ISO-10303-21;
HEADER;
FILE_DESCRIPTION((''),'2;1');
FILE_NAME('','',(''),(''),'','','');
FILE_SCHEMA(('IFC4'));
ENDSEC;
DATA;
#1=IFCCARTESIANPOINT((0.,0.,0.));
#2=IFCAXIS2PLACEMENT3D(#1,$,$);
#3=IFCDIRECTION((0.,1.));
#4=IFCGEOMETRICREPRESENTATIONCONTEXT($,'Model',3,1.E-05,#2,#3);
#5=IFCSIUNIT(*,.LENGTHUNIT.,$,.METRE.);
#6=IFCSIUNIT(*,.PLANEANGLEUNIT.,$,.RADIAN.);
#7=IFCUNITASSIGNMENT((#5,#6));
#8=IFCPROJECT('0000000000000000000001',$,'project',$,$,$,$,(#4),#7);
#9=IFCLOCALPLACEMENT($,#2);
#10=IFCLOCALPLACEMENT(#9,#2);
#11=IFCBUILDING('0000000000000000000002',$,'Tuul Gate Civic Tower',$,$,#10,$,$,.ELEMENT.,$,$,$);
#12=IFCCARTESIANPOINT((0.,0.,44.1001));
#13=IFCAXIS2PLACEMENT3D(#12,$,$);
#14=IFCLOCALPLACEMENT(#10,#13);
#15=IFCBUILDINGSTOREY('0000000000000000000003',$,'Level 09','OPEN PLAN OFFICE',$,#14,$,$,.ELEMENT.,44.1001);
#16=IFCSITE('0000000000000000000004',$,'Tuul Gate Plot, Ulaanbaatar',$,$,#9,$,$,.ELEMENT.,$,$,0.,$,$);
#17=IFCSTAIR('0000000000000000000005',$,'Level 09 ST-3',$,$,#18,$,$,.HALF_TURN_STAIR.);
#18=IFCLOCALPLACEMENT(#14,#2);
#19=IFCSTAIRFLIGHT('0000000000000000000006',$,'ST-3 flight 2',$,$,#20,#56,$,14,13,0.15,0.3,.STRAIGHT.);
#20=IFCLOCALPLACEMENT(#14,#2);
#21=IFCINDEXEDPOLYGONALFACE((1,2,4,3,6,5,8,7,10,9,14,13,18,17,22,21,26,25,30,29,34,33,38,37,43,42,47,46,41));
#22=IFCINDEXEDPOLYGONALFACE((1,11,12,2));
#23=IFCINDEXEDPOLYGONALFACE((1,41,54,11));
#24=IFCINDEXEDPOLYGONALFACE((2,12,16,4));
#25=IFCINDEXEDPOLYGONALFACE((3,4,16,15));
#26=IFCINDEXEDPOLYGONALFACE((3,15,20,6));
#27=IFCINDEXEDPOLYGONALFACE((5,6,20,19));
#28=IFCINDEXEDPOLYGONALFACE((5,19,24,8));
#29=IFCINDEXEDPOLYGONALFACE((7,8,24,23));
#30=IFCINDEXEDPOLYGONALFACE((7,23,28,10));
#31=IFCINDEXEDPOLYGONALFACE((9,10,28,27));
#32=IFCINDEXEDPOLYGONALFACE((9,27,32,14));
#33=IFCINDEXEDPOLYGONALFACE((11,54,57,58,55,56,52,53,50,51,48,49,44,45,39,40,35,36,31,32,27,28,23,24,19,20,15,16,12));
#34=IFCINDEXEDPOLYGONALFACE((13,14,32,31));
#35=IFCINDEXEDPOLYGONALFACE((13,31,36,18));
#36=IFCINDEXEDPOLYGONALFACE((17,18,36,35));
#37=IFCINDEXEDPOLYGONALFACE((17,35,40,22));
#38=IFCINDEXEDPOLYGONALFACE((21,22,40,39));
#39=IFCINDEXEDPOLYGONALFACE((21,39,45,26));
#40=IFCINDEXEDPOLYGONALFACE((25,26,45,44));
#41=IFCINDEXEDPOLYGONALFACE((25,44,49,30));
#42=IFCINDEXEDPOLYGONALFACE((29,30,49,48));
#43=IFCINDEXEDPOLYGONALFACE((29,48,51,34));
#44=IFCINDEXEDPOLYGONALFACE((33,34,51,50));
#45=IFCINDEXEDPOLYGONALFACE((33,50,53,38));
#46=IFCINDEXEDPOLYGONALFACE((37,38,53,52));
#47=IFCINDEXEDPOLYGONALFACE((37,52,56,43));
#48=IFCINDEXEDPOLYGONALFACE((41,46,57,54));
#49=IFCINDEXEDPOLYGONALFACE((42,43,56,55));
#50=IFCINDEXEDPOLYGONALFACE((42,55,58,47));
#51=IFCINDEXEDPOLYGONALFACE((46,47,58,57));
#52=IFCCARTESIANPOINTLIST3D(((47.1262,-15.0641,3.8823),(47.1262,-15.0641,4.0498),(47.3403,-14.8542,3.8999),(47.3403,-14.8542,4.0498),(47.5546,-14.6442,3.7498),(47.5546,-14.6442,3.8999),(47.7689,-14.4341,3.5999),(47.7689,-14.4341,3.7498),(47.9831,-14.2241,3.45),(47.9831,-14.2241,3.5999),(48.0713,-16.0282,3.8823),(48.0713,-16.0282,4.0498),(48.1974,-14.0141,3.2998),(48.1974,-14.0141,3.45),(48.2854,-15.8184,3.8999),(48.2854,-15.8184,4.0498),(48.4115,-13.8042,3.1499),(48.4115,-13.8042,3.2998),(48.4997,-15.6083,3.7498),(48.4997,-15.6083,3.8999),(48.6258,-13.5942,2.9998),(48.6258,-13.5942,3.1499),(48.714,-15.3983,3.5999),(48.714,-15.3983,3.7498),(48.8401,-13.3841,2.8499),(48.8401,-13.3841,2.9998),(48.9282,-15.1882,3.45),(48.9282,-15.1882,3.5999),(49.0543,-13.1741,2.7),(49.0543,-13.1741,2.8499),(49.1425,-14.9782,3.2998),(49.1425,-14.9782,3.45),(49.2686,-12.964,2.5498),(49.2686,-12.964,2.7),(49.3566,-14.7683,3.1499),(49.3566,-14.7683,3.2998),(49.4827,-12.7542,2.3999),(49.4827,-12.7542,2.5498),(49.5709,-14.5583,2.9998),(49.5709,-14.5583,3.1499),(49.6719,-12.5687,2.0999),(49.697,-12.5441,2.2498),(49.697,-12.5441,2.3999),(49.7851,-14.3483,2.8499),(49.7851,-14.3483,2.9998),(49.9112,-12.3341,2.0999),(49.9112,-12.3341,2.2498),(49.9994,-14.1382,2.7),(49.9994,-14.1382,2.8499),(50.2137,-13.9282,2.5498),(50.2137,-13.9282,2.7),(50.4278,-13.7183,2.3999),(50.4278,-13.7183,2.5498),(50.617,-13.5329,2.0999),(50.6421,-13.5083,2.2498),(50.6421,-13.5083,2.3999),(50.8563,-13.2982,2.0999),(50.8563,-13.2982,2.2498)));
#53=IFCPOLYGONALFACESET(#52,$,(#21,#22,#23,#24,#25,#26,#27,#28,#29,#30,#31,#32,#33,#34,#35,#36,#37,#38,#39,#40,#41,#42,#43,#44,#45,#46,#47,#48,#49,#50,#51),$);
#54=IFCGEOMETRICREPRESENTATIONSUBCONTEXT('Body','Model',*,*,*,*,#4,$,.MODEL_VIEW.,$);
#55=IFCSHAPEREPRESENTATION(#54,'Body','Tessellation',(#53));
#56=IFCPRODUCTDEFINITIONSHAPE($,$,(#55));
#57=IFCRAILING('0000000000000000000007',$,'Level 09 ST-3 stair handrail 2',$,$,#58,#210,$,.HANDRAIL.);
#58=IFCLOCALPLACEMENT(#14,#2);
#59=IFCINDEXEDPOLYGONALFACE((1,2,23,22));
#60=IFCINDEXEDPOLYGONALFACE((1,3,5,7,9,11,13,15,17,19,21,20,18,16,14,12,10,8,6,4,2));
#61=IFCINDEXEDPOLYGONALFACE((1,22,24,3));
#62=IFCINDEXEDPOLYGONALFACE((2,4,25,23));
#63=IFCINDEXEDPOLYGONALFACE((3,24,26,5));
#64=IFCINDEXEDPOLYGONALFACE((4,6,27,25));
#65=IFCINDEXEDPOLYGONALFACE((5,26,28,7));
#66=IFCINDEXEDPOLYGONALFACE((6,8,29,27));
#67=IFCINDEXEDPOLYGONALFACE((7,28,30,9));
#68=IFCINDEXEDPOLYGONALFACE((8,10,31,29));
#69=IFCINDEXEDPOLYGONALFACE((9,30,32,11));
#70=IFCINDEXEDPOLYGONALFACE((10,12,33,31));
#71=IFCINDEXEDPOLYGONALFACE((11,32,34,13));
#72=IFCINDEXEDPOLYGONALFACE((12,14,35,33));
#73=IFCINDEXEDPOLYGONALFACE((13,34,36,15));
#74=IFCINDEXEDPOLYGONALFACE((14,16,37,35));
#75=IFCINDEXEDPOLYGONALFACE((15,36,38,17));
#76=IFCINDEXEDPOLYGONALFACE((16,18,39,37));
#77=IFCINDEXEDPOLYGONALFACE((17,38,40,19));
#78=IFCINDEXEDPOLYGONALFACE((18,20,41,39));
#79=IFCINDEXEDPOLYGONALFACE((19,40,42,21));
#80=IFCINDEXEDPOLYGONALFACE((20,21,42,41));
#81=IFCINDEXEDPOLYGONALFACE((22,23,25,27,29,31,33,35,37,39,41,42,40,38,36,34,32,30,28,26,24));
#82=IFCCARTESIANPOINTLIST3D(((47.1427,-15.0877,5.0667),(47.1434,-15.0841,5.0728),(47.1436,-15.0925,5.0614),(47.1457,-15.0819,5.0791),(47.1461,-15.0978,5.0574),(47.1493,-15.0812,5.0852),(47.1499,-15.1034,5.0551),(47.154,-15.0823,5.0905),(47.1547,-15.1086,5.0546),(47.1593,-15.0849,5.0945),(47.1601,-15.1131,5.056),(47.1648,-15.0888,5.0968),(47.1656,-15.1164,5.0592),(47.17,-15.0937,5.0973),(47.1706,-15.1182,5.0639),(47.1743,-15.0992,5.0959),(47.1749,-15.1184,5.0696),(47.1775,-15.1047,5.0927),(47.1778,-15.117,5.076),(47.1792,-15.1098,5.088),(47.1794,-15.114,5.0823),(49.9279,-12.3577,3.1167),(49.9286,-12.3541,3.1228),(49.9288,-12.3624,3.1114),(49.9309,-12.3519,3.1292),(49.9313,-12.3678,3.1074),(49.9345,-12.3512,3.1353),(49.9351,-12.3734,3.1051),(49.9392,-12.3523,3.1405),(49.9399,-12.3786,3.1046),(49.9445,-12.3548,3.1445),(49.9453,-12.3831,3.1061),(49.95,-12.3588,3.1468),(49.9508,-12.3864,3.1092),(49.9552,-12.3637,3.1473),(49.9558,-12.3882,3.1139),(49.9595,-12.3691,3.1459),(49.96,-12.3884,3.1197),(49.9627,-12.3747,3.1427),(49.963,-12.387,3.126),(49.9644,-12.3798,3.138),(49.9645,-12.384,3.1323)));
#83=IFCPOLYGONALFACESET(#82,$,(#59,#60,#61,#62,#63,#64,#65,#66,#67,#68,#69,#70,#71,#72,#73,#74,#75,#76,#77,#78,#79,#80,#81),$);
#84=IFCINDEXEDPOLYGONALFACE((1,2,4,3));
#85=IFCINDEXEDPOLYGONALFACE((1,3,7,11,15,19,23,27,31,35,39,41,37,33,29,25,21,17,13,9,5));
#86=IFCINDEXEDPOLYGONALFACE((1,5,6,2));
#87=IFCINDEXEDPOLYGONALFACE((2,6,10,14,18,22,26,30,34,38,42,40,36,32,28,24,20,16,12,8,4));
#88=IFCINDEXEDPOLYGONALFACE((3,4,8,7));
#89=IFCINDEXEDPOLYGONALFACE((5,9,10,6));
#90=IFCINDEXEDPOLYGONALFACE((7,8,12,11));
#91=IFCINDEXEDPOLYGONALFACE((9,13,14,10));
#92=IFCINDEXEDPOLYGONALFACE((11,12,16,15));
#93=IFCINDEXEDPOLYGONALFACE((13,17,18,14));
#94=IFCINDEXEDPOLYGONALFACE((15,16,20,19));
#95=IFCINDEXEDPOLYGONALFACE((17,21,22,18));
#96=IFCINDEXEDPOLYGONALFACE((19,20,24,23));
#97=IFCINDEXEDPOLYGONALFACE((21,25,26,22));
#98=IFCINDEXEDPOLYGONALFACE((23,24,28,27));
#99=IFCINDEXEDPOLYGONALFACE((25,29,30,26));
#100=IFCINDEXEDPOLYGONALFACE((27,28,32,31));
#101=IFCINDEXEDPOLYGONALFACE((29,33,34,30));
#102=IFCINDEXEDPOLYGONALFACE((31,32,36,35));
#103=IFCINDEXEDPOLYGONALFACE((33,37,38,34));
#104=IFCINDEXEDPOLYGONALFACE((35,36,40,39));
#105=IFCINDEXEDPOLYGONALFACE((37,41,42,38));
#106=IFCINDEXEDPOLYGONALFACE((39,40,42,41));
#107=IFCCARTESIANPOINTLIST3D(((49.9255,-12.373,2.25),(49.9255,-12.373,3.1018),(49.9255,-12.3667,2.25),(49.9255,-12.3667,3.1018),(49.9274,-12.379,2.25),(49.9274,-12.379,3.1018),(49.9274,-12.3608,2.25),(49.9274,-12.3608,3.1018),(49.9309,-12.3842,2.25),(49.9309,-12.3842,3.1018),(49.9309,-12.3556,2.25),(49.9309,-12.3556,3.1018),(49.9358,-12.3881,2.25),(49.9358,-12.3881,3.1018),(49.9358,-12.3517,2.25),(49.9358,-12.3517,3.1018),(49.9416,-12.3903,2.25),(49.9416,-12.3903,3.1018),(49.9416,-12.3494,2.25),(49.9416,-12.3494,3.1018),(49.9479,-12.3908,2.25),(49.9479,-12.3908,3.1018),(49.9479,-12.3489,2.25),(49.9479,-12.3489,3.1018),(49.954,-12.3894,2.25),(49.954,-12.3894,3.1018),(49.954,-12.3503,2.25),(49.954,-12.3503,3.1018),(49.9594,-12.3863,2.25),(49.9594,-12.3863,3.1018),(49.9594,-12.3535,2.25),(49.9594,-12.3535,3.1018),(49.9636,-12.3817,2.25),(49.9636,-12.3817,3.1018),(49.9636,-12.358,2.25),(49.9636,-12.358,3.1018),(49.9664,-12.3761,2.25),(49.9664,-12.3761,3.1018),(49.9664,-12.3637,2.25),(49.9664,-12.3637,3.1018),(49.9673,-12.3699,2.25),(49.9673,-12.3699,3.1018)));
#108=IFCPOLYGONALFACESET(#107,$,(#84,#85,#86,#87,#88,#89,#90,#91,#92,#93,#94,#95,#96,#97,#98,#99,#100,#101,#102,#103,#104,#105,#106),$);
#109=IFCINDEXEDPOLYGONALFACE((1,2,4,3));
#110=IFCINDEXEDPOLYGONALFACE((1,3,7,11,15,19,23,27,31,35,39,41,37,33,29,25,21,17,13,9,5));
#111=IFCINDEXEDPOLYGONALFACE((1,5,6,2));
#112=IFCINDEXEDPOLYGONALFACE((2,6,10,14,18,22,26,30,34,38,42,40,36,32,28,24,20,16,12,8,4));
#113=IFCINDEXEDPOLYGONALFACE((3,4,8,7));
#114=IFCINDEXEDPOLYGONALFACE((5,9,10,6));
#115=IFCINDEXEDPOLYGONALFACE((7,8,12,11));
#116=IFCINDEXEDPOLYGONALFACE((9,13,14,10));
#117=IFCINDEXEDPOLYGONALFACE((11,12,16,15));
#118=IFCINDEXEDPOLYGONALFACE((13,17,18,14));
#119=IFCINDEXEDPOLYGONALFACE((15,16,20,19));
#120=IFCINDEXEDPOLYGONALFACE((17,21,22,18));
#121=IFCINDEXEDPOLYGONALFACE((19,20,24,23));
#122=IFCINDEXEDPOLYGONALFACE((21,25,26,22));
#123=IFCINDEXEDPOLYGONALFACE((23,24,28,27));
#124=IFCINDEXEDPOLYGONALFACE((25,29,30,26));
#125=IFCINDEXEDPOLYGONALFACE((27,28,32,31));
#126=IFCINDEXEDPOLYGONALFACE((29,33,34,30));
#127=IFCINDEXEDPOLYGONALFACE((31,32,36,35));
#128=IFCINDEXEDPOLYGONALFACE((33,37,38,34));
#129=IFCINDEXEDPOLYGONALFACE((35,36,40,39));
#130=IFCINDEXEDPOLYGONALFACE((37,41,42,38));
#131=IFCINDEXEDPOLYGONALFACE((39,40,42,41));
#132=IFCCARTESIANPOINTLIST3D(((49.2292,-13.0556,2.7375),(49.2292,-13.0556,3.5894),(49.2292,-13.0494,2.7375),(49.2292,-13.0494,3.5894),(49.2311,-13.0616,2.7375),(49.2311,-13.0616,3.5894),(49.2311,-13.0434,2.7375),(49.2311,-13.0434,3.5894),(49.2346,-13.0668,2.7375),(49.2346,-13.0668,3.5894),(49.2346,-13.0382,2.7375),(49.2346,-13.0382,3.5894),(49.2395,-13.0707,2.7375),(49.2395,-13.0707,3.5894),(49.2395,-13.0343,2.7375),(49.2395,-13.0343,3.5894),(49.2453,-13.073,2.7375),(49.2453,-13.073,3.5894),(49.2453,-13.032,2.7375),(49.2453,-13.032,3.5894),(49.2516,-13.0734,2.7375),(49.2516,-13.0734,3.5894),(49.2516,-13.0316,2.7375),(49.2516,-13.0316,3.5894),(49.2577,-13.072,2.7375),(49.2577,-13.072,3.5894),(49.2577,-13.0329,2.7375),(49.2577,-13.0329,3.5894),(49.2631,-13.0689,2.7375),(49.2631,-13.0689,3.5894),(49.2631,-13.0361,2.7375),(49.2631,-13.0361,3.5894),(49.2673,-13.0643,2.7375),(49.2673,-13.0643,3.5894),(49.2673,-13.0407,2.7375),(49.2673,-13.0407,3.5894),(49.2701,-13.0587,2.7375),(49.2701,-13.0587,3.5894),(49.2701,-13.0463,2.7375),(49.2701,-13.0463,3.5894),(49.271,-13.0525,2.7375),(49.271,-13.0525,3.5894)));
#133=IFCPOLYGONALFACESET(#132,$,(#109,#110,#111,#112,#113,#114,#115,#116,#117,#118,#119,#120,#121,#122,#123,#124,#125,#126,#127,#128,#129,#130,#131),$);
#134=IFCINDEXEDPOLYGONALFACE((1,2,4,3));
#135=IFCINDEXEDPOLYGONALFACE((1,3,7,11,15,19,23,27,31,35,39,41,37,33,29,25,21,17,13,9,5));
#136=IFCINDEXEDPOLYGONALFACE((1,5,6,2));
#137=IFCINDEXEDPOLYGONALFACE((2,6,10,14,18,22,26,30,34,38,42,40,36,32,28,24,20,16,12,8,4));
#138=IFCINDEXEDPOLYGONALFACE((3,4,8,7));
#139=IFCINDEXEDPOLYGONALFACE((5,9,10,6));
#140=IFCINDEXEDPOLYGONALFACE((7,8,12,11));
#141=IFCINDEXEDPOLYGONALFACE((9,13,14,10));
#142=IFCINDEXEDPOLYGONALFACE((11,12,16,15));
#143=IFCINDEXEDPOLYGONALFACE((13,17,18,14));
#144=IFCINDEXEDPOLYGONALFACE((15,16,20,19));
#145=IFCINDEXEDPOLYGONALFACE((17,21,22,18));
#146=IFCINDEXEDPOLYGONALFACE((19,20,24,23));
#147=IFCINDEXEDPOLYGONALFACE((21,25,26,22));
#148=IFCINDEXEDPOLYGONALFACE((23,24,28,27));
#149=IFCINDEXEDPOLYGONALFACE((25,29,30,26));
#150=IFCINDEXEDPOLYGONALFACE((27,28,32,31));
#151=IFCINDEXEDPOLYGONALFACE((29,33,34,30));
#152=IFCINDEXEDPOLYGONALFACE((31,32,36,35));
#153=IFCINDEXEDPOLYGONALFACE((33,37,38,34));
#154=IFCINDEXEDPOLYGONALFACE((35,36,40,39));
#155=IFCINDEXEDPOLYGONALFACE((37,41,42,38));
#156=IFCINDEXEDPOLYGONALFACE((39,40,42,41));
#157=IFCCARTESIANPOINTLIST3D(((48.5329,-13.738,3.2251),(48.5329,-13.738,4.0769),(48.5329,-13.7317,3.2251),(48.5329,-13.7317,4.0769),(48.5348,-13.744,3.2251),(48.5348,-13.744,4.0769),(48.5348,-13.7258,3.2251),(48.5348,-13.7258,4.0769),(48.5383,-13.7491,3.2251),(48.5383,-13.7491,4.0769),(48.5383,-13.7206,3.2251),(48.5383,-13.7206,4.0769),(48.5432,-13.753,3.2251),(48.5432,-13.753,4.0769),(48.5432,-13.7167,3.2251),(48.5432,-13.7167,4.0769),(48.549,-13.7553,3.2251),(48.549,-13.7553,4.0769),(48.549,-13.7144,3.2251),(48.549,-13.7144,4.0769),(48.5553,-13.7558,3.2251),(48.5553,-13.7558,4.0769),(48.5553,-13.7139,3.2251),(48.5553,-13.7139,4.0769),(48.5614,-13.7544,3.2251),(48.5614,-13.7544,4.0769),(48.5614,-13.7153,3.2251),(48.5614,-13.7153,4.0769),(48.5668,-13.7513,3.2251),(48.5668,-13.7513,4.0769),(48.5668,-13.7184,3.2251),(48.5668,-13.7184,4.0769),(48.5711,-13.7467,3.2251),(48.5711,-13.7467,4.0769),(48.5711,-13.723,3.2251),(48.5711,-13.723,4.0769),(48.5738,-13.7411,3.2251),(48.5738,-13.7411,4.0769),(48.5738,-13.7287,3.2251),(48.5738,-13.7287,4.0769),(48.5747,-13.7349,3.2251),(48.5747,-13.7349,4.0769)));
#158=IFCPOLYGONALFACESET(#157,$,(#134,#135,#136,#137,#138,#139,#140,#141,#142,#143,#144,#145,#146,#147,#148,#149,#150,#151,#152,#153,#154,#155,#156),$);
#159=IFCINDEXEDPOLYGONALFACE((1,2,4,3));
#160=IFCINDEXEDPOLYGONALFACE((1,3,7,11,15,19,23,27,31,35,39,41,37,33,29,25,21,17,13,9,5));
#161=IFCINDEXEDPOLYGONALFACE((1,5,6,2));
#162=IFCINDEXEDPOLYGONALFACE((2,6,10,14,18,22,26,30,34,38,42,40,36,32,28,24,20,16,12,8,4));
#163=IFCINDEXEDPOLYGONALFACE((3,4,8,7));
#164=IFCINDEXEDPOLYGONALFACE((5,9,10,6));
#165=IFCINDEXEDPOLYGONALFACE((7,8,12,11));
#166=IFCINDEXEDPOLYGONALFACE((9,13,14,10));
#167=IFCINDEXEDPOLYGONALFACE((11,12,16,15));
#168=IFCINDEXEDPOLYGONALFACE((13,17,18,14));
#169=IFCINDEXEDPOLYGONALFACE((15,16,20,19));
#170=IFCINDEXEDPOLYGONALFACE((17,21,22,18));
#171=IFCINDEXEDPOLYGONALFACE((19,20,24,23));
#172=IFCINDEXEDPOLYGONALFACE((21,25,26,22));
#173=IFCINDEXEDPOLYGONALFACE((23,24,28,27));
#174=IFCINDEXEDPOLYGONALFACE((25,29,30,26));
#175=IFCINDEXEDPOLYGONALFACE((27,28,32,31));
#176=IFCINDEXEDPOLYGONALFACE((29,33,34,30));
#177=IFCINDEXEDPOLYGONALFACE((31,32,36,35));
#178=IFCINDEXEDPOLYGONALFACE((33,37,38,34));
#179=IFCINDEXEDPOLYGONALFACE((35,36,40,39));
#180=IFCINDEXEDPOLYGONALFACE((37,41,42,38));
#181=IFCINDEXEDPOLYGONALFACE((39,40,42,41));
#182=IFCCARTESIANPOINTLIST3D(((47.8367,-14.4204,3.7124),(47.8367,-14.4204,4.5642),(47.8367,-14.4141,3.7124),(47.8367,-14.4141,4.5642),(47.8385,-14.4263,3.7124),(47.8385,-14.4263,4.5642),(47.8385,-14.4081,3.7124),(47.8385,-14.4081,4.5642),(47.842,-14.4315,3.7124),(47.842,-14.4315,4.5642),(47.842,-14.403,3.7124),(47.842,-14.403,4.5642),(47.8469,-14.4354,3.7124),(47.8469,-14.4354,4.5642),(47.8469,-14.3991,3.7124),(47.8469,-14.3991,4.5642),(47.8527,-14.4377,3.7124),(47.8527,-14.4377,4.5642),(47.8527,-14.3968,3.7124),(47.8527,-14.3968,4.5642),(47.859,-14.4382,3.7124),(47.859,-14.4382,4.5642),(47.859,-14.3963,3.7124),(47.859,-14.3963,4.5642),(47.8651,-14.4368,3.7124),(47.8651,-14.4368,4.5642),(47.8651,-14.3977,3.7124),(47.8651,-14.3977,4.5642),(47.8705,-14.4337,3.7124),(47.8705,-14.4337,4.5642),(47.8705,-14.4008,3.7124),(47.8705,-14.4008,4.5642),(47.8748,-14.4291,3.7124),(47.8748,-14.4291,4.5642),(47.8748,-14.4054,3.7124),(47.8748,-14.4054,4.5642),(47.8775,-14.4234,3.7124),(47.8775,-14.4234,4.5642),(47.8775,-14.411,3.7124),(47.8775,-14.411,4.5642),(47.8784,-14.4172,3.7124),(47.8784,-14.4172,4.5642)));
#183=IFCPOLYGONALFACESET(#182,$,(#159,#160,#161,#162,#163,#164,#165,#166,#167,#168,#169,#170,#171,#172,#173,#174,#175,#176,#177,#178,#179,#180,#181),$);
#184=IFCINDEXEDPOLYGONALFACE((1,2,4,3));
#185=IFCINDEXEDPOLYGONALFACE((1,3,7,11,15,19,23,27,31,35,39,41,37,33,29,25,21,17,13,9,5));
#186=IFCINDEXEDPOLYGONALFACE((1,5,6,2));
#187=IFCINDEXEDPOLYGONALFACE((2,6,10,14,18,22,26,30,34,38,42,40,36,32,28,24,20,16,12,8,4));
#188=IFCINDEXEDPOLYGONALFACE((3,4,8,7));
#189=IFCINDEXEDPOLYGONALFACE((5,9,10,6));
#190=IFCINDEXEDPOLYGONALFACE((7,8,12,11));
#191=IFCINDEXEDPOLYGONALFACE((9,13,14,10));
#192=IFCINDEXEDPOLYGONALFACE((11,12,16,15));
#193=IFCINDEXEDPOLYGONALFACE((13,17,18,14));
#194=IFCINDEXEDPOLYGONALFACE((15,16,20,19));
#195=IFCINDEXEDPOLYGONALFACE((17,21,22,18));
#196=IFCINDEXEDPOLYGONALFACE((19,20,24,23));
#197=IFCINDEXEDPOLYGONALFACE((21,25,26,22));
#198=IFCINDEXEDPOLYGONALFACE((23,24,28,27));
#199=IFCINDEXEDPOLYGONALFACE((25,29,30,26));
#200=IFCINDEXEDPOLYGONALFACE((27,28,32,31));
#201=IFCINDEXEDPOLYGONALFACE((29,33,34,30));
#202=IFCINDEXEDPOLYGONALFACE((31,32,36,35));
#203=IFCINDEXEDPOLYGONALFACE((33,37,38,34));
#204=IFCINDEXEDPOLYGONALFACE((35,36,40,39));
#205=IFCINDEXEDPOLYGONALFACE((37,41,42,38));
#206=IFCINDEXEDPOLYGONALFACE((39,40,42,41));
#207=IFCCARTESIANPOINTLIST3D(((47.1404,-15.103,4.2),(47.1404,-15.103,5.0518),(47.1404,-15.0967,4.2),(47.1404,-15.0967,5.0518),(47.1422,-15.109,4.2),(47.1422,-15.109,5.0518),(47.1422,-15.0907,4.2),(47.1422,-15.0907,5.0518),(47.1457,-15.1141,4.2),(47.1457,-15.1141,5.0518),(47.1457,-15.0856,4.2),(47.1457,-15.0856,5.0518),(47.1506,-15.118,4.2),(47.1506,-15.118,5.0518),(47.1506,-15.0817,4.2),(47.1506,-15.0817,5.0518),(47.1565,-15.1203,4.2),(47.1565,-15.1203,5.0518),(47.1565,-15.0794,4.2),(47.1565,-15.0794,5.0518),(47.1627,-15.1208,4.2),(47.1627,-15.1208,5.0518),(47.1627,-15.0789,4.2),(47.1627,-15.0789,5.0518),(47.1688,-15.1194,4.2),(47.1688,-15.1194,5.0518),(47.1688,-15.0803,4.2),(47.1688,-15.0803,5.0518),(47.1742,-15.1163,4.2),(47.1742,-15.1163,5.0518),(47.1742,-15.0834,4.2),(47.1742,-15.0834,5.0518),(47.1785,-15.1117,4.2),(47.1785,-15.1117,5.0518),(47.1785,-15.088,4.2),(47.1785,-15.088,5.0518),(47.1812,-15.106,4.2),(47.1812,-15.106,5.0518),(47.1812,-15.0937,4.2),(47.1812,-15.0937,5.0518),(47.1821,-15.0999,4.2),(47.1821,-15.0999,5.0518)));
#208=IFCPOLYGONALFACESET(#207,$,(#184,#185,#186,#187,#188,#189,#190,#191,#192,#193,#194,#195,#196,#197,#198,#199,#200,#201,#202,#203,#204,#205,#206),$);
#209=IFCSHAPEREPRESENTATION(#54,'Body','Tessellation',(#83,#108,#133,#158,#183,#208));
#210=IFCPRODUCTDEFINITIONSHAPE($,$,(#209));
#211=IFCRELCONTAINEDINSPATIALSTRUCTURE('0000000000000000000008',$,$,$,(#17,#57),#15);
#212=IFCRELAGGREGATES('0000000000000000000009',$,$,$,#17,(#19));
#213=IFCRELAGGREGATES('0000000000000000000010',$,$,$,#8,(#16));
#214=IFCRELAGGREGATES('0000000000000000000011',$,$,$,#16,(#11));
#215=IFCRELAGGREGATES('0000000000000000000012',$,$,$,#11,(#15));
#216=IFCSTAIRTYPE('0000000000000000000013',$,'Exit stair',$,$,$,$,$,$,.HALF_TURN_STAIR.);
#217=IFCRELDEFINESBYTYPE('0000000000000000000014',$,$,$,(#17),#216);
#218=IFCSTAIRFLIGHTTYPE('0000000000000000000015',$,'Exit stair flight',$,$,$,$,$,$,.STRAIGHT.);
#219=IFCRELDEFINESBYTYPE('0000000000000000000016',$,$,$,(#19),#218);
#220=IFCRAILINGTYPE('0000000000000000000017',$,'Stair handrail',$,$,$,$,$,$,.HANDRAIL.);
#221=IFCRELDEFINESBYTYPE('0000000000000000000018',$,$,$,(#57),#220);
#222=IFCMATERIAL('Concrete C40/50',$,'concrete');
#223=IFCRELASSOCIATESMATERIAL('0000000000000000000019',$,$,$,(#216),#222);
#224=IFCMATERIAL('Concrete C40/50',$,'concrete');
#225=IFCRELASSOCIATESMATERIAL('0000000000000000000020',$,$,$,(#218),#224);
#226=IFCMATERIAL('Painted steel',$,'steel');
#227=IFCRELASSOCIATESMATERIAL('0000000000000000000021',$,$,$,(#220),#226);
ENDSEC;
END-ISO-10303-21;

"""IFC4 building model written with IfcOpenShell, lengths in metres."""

from ifc_helpers import new_model, si_unit, direction, frame, origin, origin_2d, place, context, subcontext, project, spatial, polyline, circle, outline, extrude, material, type_object, element, aggregate, save


model = new_model("IFC4")

# Units and contexts
model_context = context("Model", 3, precision=1e-05, world=origin(), true_north=direction((0.0, 1.0)))
body_context = subcontext(model_context, "Body", "Model", "MODEL_VIEW")
ifc_project = project(units=[si_unit("LENGTHUNIT", "METRE"), si_unit("PLANEANGLEUNIT", "RADIAN")], contexts=[model_context])

# Site, building, storey
site_placement = place(None, origin())
site = spatial("IfcSite", under=ifc_project, at=site_placement, Name="Tuul Gate Plot, Ulaanbaatar", CompositionType="ELEMENT", RefElevation=0.0)
building_placement = place(site_placement, origin())
building = spatial("IfcBuilding", under=site, at=building_placement, Name="Tuul Gate Civic Tower", CompositionType="ELEMENT")
storey_placement = place(building_placement, frame((0.0, 0.0, 44.1001)))
storey = spatial("IfcBuildingStorey", under=building, at=storey_placement, Name="Level 09", Description="OPEN PLAN OFFICE", CompositionType="ELEMENT", Elevation=44.1001)

# Stair, stair flight
ifc_material_1 = material(Name="Concrete C40/50", Category="concrete")
stair_type = type_object("IfcStairType", Name="Exit stair", PredefinedType="HALF_TURN_STAIR", material=ifc_material_1)
stair_placement = place(storey_placement, origin())
stair = element("IfcStair", 1, at=stair_placement, inside=storey, type_object=stair_type, Name="Level 09 ST-3", PredefinedType="HALF_TURN_STAIR")
ifc_material_2 = material(Name="Concrete C40/50", Category="concrete")
stair_flight_type = type_object("IfcStairFlightType", Name="Exit stair flight", PredefinedType="STRAIGHT", material=ifc_material_2)
stair_flight_placement = place(storey_placement, frame((50.3838, -12.8162, 2.0999), z_axis=(0.0, 0.0, 1.0), x_axis=(-0.714127, -0.700016, 0.0)))
stair_flight = element("IfcStairFlight", 2, at=stair_flight_placement, type_object=stair_flight_type, Name="ST-3 flight 2", NumberOfRisers=14, NumberOfTreads=13, PredefinedType="STRAIGHT", RiserHeight=0.15, TreadLength=0.3, context=body_context, shape_type="SweptSolid", body=[
    extrude(outline(polyline([(0.0, 0.0), (0.0, 0.1499), (0.3, 0.1499), (0.3, 0.3), (0.6001, 0.3), (0.6001, 0.45), (0.8999, 0.45), (0.8999, 0.6001), (1.2, 0.6001), (1.2, 0.75), (1.5, 0.75), (1.5, 0.8999), (1.8, 0.8999), (1.8, 1.05), (2.1001, 1.05), (2.1001, 1.2), (2.3999, 1.2), (2.3999, 1.3501), (2.7, 1.3501), (2.7, 1.5), (3.0, 1.5), (3.0, 1.6499), (3.3, 1.6499), (3.3, 1.8), (3.6001, 1.8), (3.6001, 1.95), (3.8999, 1.95), (3.8999, 2.1001), (3.8999, 1.7825), (0.3352, 0.0), (0.0, 0.0)])), frame((0.0, 0.675, 0.0), z_axis=(0.0, -1.0, 0.0), x_axis=(1.0, 0.0, 0.0)), (0.0, 0.0, 1.0), 1.3501),
])
aggregate(stair, [stair_flight])

# Railing
ifc_material_3 = material(Name="Painted steel", Category="steel")
railing_type = type_object("IfcRailingType", Name="Stair handrail", PredefinedType="HANDRAIL", material=ifc_material_3)
railing_placement = place(storey_placement, frame((49.9463, -12.3699, 2.25)))
element("IfcRailing", 3, at=railing_placement, inside=storey, type_object=railing_type, Name="Level 09 ST-3 stair handrail 2", PredefinedType="HANDRAIL", context=body_context, shape_type="SweptSolid", body=[
    extrude(circle(Radius=0.0239, at=origin_2d()), frame((0.0, 0.0, 0.876), z_axis=(-0.638754, -0.6261, 0.447206), x_axis=(0.699998, -0.714145, 0.0)), (0.0, 0.0, 1.0), 4.3604),
    extrude(circle(Radius=0.021, at=origin_2d()), origin(), (0.0, 0.0, 1.0), 0.8518),
    extrude(circle(Radius=0.021, at=origin_2d()), frame((-0.6963, -0.6826, 0.4875)), (0.0, 0.0, 1.0), 0.8518),
    extrude(circle(Radius=0.021, at=origin_2d()), frame((-1.3926, -1.365, 0.9751)), (0.0, 0.0, 1.0), 0.8518),
    extrude(circle(Radius=0.021, at=origin_2d()), frame((-2.0889, -2.0474, 1.4624)), (0.0, 0.0, 1.0), 0.8518),
    extrude(circle(Radius=0.021, at=origin_2d()), frame((-2.7852, -2.73, 1.95)), (0.0, 0.0, 1.0), 0.8518),
])

save(model, "model.ifc")
